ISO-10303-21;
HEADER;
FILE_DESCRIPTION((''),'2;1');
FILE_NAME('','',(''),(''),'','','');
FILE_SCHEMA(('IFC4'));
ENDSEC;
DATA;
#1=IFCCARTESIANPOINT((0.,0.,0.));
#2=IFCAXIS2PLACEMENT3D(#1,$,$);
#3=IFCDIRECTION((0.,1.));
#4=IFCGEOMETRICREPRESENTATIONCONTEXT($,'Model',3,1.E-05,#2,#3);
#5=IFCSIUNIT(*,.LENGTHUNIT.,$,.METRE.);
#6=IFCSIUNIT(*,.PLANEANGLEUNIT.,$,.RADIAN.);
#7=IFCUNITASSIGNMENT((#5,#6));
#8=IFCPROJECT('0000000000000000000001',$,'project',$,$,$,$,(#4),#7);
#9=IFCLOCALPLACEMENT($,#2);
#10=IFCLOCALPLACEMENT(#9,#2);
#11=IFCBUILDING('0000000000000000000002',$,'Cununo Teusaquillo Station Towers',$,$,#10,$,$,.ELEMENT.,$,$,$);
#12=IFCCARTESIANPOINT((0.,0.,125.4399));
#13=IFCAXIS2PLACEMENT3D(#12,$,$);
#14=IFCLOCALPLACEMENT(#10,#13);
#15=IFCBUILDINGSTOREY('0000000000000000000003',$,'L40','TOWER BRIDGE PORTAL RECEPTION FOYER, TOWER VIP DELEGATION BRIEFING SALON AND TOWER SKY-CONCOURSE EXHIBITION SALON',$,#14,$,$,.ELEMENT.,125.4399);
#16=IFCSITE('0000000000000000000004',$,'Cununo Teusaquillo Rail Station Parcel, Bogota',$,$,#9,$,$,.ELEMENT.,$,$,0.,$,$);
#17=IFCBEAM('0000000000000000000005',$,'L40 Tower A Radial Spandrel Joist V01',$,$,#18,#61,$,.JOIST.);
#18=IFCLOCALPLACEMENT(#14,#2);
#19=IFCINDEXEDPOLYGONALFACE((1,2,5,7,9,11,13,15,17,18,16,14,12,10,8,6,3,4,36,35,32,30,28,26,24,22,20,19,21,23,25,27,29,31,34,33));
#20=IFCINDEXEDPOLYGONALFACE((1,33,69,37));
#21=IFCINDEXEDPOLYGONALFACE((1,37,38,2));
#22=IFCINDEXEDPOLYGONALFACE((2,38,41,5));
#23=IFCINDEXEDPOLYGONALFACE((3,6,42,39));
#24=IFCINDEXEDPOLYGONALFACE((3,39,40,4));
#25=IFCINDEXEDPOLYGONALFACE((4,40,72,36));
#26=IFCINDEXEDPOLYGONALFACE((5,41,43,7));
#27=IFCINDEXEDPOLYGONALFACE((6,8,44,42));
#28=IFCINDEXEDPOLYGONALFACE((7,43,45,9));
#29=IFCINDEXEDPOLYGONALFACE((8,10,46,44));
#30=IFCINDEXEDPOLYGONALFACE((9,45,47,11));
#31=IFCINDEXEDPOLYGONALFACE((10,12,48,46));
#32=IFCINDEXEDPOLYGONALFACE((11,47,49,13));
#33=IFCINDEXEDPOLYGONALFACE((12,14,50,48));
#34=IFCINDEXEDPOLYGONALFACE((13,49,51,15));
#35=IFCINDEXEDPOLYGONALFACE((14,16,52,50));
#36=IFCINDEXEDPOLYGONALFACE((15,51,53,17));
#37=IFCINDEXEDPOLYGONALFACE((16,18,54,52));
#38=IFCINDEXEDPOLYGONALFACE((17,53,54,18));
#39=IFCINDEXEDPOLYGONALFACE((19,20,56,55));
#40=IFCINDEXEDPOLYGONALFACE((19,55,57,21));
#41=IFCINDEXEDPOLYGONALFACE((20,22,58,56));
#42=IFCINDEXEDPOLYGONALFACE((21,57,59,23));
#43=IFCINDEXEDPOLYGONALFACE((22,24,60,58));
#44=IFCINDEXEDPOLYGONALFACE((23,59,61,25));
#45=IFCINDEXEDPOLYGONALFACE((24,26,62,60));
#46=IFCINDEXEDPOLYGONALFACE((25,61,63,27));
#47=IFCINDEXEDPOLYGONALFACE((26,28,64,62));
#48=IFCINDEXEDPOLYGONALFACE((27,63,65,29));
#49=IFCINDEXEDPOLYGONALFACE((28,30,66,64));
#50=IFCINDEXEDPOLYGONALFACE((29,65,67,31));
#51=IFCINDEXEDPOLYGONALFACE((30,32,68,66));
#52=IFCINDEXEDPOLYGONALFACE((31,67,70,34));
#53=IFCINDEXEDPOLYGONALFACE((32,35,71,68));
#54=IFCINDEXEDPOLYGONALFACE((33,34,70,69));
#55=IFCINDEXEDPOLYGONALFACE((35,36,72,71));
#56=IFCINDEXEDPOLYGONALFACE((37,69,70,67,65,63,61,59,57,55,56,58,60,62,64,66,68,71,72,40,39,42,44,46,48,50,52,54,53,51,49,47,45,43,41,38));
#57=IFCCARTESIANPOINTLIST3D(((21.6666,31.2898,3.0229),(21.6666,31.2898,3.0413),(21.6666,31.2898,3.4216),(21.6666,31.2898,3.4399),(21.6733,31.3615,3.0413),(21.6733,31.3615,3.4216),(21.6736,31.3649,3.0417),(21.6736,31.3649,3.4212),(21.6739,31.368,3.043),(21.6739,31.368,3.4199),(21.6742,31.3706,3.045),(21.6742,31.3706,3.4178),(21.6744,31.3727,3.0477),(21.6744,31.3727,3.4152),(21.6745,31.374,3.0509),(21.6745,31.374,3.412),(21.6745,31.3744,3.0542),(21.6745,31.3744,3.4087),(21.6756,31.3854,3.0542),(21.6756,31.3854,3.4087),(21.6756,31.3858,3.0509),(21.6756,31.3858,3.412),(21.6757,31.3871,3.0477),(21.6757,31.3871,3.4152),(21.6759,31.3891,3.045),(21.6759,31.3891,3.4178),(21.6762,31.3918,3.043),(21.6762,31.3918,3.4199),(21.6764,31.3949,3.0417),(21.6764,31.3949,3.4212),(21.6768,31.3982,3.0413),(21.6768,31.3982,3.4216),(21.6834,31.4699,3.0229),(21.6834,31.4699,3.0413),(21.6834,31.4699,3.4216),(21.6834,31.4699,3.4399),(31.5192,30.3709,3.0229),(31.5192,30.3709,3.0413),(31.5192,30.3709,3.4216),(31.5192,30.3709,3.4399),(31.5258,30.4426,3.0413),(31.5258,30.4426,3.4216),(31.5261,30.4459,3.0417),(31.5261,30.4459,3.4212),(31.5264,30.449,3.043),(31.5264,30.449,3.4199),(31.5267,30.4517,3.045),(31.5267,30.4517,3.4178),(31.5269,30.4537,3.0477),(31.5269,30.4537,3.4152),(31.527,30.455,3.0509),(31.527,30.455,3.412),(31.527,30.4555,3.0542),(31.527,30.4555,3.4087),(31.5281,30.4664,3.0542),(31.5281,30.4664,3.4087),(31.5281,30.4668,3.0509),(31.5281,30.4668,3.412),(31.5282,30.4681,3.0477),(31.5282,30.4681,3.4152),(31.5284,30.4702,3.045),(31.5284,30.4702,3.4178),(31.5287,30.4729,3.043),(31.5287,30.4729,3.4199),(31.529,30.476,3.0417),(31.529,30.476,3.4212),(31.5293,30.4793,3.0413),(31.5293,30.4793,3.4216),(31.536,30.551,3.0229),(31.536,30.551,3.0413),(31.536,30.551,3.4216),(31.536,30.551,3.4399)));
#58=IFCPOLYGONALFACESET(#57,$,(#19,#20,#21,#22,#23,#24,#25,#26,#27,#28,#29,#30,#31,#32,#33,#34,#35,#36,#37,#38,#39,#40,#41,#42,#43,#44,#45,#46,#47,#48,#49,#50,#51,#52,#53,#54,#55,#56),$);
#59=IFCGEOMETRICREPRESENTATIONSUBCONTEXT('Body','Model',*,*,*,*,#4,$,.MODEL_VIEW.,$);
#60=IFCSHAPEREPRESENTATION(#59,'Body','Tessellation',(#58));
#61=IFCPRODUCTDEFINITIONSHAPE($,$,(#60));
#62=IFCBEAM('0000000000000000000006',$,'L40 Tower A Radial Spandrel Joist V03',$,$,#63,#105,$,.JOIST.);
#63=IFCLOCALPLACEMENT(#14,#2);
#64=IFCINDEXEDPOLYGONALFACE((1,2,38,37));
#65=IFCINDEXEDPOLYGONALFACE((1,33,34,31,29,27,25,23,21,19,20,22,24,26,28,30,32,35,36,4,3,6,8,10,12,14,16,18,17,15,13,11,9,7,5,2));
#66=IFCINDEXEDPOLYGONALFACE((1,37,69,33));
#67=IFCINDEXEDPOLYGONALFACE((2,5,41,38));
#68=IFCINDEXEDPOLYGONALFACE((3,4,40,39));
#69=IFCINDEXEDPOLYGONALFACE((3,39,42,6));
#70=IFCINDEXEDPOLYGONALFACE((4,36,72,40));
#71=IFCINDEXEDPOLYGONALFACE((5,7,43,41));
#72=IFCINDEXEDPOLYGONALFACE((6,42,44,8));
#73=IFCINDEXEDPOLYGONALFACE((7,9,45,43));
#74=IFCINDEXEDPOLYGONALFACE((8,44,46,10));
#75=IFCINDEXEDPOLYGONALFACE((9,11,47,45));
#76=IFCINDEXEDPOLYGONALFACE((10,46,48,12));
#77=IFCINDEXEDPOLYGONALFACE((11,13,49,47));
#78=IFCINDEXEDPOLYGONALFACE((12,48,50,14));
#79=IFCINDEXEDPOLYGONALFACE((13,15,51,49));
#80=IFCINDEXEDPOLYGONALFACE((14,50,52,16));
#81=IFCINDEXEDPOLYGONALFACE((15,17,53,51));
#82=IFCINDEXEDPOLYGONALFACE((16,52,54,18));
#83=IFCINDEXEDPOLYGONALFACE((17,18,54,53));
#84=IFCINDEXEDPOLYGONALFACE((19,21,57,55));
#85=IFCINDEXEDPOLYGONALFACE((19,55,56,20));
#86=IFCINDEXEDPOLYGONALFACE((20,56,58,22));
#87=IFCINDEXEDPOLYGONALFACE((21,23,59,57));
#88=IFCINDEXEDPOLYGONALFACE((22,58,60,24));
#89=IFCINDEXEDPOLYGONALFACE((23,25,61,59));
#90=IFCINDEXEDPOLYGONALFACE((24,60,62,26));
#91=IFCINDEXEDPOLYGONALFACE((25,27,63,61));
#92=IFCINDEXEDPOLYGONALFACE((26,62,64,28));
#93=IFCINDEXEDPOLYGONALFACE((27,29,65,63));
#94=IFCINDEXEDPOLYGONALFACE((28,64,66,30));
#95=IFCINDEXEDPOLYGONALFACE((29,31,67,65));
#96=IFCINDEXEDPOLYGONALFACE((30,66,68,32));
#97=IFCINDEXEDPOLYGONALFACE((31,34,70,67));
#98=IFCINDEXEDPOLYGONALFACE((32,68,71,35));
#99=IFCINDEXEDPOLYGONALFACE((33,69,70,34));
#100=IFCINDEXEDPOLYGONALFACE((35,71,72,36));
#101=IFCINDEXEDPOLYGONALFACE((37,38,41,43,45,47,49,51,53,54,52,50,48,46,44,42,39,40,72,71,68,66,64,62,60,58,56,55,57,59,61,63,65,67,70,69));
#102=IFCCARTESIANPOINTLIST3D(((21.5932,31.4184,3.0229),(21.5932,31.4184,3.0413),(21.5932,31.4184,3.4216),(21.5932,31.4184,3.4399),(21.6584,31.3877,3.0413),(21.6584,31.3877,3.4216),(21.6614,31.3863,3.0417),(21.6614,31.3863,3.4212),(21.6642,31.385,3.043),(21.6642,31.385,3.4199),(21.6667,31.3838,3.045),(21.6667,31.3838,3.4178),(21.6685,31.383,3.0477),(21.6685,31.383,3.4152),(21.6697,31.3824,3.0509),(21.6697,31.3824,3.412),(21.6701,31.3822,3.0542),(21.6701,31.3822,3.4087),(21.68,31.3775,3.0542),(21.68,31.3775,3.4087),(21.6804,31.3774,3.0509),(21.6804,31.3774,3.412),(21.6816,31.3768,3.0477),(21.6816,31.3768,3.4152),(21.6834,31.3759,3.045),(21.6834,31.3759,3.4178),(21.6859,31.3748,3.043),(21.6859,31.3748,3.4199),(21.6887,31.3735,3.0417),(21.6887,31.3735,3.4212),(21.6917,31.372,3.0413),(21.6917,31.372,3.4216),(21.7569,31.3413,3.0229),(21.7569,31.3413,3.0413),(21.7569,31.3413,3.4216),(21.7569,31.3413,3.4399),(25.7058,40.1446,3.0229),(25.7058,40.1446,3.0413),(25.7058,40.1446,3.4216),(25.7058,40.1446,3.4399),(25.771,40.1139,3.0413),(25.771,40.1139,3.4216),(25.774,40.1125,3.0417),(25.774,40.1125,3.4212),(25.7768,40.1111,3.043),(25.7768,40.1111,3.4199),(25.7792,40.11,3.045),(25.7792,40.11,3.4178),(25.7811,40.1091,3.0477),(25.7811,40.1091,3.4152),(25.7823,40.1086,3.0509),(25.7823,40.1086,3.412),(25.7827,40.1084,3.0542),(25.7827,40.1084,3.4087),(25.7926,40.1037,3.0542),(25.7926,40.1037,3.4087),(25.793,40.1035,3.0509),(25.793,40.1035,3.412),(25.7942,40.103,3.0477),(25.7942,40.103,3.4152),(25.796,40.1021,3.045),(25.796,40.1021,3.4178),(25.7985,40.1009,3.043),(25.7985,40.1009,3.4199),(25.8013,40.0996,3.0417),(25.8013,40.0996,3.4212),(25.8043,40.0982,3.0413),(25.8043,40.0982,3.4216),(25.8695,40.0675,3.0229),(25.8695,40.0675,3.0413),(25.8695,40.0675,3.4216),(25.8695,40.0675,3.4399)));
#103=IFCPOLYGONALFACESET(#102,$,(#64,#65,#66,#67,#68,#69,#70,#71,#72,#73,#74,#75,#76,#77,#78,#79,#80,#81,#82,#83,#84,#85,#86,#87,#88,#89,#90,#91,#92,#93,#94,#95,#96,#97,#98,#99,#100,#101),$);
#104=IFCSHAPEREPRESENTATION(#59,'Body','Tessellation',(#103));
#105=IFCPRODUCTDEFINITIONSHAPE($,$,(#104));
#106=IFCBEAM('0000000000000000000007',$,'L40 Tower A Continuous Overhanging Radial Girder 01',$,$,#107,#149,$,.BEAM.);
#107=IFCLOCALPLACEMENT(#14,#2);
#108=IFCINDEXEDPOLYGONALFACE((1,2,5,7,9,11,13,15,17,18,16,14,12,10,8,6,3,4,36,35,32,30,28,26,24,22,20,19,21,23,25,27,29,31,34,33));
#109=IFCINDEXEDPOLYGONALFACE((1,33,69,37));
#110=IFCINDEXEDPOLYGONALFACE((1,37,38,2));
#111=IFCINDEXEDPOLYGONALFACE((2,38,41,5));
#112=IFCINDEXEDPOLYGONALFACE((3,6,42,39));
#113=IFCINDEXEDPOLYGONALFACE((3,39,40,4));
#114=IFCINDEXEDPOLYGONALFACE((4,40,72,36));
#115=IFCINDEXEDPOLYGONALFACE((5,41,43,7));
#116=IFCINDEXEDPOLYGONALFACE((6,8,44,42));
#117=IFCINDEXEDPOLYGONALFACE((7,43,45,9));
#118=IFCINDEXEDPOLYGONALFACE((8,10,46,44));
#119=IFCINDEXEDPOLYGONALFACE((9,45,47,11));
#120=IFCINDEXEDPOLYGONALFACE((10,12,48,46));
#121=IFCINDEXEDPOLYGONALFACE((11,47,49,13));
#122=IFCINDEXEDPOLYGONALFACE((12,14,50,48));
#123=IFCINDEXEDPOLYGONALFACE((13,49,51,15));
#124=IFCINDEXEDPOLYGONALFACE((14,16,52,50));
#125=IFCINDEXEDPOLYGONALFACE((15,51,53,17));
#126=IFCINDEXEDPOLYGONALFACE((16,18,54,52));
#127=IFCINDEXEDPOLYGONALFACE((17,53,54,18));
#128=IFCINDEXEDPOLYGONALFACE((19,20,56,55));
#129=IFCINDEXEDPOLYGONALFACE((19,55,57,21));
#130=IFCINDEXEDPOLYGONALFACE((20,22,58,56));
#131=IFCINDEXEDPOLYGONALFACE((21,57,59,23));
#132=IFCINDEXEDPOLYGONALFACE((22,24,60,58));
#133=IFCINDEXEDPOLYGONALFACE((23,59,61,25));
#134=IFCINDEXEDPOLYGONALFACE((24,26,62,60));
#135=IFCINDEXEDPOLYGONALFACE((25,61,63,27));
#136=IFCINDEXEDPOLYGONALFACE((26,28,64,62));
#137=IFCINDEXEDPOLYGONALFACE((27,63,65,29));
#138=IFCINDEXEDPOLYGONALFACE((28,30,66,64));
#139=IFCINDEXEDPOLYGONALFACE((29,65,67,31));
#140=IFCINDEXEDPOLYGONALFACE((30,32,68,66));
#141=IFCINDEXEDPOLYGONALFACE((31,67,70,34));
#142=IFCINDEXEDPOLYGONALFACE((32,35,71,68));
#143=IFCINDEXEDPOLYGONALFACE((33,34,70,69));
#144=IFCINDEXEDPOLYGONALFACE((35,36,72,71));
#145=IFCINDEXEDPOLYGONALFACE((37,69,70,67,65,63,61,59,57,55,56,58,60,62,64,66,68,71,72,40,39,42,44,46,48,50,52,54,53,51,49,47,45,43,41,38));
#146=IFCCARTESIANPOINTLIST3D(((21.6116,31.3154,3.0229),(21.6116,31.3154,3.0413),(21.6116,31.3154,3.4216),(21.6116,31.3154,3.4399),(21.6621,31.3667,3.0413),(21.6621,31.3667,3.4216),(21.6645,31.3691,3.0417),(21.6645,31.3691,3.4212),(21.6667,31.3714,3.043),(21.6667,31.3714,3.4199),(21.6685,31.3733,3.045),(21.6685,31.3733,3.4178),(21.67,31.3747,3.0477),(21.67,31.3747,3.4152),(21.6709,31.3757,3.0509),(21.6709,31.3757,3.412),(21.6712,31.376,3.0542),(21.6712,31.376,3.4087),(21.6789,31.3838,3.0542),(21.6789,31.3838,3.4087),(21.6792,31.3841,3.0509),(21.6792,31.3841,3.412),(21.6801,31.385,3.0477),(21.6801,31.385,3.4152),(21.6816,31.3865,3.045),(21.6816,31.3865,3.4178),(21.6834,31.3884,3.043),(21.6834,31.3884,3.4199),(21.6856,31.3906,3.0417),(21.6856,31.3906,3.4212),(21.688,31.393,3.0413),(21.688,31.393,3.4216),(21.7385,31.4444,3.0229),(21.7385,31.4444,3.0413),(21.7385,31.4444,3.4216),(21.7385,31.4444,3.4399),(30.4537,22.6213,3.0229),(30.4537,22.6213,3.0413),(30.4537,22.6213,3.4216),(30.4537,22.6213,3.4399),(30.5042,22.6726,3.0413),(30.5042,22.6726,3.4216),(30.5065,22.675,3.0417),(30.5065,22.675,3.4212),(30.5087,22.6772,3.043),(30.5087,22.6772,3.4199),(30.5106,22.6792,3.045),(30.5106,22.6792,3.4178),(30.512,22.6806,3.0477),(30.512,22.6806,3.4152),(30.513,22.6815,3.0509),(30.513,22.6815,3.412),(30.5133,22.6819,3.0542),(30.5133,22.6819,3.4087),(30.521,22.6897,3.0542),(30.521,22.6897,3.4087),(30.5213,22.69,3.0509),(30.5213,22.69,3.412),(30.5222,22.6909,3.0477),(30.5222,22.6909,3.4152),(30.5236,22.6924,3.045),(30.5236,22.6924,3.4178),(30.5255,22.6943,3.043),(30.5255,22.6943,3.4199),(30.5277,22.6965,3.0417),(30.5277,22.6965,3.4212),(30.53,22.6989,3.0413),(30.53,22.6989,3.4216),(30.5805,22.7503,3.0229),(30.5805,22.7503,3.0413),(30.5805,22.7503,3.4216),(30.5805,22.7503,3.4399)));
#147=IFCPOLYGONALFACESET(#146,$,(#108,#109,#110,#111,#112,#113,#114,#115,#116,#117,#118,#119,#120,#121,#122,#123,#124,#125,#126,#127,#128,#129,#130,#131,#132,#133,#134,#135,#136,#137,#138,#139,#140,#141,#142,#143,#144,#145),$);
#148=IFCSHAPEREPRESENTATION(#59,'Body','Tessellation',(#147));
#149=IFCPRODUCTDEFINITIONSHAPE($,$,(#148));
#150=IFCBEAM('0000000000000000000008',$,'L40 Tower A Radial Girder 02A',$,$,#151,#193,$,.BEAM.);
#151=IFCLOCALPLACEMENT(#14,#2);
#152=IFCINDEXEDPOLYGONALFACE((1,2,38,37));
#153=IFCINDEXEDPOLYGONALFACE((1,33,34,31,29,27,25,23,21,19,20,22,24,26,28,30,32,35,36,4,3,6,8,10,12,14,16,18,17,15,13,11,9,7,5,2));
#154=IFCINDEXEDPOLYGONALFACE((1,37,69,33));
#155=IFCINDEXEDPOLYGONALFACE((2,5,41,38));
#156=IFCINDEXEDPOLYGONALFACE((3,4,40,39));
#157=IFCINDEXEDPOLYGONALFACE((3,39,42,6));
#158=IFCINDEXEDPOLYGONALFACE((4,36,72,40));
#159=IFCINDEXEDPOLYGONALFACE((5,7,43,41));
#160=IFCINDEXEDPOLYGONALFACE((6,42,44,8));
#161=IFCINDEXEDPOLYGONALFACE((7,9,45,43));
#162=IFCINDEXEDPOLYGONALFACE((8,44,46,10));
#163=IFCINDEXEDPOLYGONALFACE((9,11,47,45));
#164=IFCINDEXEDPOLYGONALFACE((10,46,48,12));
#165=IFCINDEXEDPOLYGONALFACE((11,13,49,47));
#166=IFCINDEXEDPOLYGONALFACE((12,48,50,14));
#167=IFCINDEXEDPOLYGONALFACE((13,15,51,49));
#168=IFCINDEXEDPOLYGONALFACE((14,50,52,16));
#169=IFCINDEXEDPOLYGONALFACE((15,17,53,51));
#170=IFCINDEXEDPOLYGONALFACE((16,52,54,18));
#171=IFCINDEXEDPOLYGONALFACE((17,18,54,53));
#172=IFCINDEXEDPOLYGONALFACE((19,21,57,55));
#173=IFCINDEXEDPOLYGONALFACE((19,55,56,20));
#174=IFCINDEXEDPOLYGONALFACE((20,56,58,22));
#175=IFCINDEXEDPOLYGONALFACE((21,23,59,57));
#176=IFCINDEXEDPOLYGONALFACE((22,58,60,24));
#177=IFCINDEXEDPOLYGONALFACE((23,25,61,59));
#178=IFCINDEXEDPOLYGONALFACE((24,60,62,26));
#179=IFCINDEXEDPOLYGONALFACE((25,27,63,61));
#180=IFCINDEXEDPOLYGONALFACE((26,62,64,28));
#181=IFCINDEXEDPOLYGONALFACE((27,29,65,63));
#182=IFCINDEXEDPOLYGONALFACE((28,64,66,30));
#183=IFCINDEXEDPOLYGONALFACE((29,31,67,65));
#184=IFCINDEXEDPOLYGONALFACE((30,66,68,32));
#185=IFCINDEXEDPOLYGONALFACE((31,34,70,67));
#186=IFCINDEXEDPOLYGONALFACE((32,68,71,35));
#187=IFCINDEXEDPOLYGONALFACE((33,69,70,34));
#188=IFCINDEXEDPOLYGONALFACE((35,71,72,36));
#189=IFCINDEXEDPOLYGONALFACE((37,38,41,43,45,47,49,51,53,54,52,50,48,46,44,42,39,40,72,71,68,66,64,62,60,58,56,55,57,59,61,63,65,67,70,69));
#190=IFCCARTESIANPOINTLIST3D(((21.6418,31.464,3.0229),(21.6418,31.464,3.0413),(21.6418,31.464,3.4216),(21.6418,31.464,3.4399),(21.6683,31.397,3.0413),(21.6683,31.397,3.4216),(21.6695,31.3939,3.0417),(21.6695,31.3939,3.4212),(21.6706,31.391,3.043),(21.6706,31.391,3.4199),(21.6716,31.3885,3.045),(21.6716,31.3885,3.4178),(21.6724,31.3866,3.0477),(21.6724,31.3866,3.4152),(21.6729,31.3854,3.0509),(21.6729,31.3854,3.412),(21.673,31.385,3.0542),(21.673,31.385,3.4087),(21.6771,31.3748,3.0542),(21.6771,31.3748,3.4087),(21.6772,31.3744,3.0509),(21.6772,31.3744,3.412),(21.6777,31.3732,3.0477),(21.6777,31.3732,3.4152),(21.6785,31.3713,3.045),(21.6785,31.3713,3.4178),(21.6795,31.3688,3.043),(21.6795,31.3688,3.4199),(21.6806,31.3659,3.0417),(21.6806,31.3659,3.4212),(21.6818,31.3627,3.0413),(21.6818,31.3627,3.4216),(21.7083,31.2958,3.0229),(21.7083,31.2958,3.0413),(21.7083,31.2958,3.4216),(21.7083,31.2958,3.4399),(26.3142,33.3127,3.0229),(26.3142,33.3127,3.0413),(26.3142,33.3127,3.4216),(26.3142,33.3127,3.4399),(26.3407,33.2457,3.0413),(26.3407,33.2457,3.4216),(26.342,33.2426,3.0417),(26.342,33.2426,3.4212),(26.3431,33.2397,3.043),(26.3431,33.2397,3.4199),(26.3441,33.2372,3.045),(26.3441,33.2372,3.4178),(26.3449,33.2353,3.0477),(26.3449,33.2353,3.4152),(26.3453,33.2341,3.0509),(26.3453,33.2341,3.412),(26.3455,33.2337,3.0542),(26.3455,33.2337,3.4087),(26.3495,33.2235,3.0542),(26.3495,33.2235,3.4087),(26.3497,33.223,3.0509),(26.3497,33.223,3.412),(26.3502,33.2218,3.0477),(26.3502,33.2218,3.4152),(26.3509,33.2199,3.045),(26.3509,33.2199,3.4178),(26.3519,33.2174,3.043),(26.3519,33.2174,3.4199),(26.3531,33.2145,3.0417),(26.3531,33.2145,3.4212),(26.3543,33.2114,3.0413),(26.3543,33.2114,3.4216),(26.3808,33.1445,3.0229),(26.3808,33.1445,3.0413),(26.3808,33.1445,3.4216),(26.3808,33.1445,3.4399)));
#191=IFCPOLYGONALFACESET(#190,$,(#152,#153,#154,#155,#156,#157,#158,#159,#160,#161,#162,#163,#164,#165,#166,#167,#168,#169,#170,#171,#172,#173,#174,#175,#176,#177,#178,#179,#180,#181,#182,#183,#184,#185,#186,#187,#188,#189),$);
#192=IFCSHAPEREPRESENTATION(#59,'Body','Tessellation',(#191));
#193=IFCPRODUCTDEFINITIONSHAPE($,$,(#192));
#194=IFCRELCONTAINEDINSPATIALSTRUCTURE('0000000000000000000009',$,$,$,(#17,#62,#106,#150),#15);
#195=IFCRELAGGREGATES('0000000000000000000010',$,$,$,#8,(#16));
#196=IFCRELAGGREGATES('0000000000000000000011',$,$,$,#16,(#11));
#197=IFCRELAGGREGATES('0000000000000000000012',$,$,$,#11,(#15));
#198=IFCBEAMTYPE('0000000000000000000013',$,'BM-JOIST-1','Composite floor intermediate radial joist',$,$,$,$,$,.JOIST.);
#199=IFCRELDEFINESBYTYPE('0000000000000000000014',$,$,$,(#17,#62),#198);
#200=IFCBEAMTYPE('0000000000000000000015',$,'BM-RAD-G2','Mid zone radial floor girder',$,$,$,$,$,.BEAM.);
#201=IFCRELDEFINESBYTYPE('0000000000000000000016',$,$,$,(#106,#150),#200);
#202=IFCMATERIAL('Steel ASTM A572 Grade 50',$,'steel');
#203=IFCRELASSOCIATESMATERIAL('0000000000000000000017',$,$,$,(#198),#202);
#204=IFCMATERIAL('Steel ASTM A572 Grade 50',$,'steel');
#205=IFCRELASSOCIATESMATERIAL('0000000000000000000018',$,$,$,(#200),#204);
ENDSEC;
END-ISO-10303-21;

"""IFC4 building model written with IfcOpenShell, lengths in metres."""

from ifc_helpers import new_model, si_unit, direction, frame, origin, origin_2d, place, context, subcontext, project, spatial, i_section, extrude, material, material_profile, profile_set, type_object, element, save


model = new_model("IFC4")

# Units and contexts
model_context = context("Model", 3, precision=1e-05, world=origin(), true_north=direction((0.0, 1.0)))
body_context = subcontext(model_context, "Body", "Model", "MODEL_VIEW")
ifc_project = project(units=[si_unit("LENGTHUNIT", "METRE"), si_unit("PLANEANGLEUNIT", "RADIAN")], contexts=[model_context])

# Site, building, storey
site_placement = place(None, origin())
site = spatial("IfcSite", under=ifc_project, at=site_placement, Name="Cununo Teusaquillo Rail Station Parcel, Bogota", CompositionType="ELEMENT", RefElevation=0.0)
building_placement = place(site_placement, origin())
building = spatial("IfcBuilding", under=site, at=building_placement, Name="Cununo Teusaquillo Station Towers", CompositionType="ELEMENT")
storey_placement = place(building_placement, frame((0.0, 0.0, 125.4399)))
storey = spatial("IfcBuildingStorey", under=building, at=storey_placement, Name="L40", Description="TOWER BRIDGE PORTAL RECEPTION FOYER, TOWER VIP DELEGATION BRIEFING SALON AND TOWER SKY-CONCOURSE EXHIBITION SALON", CompositionType="ELEMENT", Elevation=125.4399)

# Beams
ifc_material_1 = material(Name="Steel ASTM A572 Grade 50", Category="steel")
ifc_material_profile_1 = material_profile(ifc_material_1, i_section(OverallWidth=0.1809, OverallDepth=0.417, WebThickness=0.011, FlangeThickness=0.0183, FilletRadius=0.0129, at=origin_2d()), Name="W16X57")
ifc_profile_set_1 = profile_set([ifc_material_profile_1], Name="Steel ASTM A572 Grade 50")
beam_type_1 = type_object("IfcBeamType", Name="BM-JOIST-1", Description="Composite floor intermediate radial joist", PredefinedType="JOIST", material=ifc_profile_set_1)
beam_1_placement = place(storey_placement, frame((21.675, 31.3799, 3.2314), z_axis=(0.995679, -0.092867, 0.0), x_axis=(0.092867, 0.995679, 0.0)))
element("IfcBeam", 1, at=beam_1_placement, inside=storey, type_object=beam_type_1, Name="L40 Tower A Radial Spandrel Joist V01", PredefinedType="JOIST", context=body_context, shape_type="SweptSolid", body=[
    extrude(i_section(OverallWidth=0.1809, OverallDepth=0.417, WebThickness=0.011, FlangeThickness=0.0183, FilletRadius=0.0129, at=origin_2d()), origin(), (0.0, 0.0, 1.0), 9.8953),
])
beam_2_placement = place(storey_placement, frame((21.675, 31.3799, 3.2314), z_axis=(0.42632, 0.904572, 0.0), x_axis=(-0.904572, 0.42632, 0.0)))
element("IfcBeam", 2, at=beam_2_placement, inside=storey, type_object=beam_type_1, Name="L40 Tower A Radial Spandrel Joist V03", PredefinedType="JOIST", context=body_context, shape_type="SweptSolid", body=[
    extrude(i_section(OverallWidth=0.1809, OverallDepth=0.417, WebThickness=0.011, FlangeThickness=0.0183, FilletRadius=0.0129, at=origin_2d()), origin(), (0.0, 0.0, 1.0), 9.6467),
])
ifc_material_2 = material(Name="Steel ASTM A572 Grade 50", Category="steel")
ifc_material_profile_2 = material_profile(ifc_material_2, i_section(OverallWidth=0.1809, OverallDepth=0.417, WebThickness=0.011, FlangeThickness=0.0183, FilletRadius=0.0129, at=origin_2d()), Name="W16X57")
ifc_profile_set_2 = profile_set([ifc_material_profile_2], Name="Steel ASTM A572 Grade 50")
beam_type_2 = type_object("IfcBeamType", Name="BM-RAD-G2", Description="Mid zone radial floor girder", PredefinedType="BEAM", material=ifc_profile_set_2)
beam_3_placement = place(storey_placement, frame((21.675, 31.3799, 3.2314), z_axis=(0.713047, -0.701116, 0.0), x_axis=(0.701116, 0.713047, 0.0)))
element("IfcBeam", 3, at=beam_3_placement, inside=storey, type_object=beam_type_2, Name="L40 Tower A Continuous Overhanging Radial Girder 01", PredefinedType="BEAM", context=body_context, shape_type="SweptSolid", body=[
    extrude(i_section(OverallWidth=0.1809, OverallDepth=0.417, WebThickness=0.011, FlangeThickness=0.0183, FilletRadius=0.0129, at=origin_2d()), origin(), (0.0, 0.0, 1.0), 12.4004),
])
beam_4_placement = place(storey_placement, frame((21.675, 31.3799, 3.2314), z_axis=(0.929864, 0.367903, 0.0), x_axis=(-0.367903, 0.929864, 0.0)))
element("IfcBeam", 4, at=beam_4_placement, inside=storey, type_object=beam_type_2, Name="L40 Tower A Radial Girder 02A", PredefinedType="BEAM", context=body_context, shape_type="SweptSolid", body=[
    extrude(i_section(OverallWidth=0.1809, OverallDepth=0.417, WebThickness=0.011, FlangeThickness=0.0183, FilletRadius=0.0129, at=origin_2d()), origin(), (0.0, 0.0, 1.0), 5.0249),
])

save(model, "model.ifc")
